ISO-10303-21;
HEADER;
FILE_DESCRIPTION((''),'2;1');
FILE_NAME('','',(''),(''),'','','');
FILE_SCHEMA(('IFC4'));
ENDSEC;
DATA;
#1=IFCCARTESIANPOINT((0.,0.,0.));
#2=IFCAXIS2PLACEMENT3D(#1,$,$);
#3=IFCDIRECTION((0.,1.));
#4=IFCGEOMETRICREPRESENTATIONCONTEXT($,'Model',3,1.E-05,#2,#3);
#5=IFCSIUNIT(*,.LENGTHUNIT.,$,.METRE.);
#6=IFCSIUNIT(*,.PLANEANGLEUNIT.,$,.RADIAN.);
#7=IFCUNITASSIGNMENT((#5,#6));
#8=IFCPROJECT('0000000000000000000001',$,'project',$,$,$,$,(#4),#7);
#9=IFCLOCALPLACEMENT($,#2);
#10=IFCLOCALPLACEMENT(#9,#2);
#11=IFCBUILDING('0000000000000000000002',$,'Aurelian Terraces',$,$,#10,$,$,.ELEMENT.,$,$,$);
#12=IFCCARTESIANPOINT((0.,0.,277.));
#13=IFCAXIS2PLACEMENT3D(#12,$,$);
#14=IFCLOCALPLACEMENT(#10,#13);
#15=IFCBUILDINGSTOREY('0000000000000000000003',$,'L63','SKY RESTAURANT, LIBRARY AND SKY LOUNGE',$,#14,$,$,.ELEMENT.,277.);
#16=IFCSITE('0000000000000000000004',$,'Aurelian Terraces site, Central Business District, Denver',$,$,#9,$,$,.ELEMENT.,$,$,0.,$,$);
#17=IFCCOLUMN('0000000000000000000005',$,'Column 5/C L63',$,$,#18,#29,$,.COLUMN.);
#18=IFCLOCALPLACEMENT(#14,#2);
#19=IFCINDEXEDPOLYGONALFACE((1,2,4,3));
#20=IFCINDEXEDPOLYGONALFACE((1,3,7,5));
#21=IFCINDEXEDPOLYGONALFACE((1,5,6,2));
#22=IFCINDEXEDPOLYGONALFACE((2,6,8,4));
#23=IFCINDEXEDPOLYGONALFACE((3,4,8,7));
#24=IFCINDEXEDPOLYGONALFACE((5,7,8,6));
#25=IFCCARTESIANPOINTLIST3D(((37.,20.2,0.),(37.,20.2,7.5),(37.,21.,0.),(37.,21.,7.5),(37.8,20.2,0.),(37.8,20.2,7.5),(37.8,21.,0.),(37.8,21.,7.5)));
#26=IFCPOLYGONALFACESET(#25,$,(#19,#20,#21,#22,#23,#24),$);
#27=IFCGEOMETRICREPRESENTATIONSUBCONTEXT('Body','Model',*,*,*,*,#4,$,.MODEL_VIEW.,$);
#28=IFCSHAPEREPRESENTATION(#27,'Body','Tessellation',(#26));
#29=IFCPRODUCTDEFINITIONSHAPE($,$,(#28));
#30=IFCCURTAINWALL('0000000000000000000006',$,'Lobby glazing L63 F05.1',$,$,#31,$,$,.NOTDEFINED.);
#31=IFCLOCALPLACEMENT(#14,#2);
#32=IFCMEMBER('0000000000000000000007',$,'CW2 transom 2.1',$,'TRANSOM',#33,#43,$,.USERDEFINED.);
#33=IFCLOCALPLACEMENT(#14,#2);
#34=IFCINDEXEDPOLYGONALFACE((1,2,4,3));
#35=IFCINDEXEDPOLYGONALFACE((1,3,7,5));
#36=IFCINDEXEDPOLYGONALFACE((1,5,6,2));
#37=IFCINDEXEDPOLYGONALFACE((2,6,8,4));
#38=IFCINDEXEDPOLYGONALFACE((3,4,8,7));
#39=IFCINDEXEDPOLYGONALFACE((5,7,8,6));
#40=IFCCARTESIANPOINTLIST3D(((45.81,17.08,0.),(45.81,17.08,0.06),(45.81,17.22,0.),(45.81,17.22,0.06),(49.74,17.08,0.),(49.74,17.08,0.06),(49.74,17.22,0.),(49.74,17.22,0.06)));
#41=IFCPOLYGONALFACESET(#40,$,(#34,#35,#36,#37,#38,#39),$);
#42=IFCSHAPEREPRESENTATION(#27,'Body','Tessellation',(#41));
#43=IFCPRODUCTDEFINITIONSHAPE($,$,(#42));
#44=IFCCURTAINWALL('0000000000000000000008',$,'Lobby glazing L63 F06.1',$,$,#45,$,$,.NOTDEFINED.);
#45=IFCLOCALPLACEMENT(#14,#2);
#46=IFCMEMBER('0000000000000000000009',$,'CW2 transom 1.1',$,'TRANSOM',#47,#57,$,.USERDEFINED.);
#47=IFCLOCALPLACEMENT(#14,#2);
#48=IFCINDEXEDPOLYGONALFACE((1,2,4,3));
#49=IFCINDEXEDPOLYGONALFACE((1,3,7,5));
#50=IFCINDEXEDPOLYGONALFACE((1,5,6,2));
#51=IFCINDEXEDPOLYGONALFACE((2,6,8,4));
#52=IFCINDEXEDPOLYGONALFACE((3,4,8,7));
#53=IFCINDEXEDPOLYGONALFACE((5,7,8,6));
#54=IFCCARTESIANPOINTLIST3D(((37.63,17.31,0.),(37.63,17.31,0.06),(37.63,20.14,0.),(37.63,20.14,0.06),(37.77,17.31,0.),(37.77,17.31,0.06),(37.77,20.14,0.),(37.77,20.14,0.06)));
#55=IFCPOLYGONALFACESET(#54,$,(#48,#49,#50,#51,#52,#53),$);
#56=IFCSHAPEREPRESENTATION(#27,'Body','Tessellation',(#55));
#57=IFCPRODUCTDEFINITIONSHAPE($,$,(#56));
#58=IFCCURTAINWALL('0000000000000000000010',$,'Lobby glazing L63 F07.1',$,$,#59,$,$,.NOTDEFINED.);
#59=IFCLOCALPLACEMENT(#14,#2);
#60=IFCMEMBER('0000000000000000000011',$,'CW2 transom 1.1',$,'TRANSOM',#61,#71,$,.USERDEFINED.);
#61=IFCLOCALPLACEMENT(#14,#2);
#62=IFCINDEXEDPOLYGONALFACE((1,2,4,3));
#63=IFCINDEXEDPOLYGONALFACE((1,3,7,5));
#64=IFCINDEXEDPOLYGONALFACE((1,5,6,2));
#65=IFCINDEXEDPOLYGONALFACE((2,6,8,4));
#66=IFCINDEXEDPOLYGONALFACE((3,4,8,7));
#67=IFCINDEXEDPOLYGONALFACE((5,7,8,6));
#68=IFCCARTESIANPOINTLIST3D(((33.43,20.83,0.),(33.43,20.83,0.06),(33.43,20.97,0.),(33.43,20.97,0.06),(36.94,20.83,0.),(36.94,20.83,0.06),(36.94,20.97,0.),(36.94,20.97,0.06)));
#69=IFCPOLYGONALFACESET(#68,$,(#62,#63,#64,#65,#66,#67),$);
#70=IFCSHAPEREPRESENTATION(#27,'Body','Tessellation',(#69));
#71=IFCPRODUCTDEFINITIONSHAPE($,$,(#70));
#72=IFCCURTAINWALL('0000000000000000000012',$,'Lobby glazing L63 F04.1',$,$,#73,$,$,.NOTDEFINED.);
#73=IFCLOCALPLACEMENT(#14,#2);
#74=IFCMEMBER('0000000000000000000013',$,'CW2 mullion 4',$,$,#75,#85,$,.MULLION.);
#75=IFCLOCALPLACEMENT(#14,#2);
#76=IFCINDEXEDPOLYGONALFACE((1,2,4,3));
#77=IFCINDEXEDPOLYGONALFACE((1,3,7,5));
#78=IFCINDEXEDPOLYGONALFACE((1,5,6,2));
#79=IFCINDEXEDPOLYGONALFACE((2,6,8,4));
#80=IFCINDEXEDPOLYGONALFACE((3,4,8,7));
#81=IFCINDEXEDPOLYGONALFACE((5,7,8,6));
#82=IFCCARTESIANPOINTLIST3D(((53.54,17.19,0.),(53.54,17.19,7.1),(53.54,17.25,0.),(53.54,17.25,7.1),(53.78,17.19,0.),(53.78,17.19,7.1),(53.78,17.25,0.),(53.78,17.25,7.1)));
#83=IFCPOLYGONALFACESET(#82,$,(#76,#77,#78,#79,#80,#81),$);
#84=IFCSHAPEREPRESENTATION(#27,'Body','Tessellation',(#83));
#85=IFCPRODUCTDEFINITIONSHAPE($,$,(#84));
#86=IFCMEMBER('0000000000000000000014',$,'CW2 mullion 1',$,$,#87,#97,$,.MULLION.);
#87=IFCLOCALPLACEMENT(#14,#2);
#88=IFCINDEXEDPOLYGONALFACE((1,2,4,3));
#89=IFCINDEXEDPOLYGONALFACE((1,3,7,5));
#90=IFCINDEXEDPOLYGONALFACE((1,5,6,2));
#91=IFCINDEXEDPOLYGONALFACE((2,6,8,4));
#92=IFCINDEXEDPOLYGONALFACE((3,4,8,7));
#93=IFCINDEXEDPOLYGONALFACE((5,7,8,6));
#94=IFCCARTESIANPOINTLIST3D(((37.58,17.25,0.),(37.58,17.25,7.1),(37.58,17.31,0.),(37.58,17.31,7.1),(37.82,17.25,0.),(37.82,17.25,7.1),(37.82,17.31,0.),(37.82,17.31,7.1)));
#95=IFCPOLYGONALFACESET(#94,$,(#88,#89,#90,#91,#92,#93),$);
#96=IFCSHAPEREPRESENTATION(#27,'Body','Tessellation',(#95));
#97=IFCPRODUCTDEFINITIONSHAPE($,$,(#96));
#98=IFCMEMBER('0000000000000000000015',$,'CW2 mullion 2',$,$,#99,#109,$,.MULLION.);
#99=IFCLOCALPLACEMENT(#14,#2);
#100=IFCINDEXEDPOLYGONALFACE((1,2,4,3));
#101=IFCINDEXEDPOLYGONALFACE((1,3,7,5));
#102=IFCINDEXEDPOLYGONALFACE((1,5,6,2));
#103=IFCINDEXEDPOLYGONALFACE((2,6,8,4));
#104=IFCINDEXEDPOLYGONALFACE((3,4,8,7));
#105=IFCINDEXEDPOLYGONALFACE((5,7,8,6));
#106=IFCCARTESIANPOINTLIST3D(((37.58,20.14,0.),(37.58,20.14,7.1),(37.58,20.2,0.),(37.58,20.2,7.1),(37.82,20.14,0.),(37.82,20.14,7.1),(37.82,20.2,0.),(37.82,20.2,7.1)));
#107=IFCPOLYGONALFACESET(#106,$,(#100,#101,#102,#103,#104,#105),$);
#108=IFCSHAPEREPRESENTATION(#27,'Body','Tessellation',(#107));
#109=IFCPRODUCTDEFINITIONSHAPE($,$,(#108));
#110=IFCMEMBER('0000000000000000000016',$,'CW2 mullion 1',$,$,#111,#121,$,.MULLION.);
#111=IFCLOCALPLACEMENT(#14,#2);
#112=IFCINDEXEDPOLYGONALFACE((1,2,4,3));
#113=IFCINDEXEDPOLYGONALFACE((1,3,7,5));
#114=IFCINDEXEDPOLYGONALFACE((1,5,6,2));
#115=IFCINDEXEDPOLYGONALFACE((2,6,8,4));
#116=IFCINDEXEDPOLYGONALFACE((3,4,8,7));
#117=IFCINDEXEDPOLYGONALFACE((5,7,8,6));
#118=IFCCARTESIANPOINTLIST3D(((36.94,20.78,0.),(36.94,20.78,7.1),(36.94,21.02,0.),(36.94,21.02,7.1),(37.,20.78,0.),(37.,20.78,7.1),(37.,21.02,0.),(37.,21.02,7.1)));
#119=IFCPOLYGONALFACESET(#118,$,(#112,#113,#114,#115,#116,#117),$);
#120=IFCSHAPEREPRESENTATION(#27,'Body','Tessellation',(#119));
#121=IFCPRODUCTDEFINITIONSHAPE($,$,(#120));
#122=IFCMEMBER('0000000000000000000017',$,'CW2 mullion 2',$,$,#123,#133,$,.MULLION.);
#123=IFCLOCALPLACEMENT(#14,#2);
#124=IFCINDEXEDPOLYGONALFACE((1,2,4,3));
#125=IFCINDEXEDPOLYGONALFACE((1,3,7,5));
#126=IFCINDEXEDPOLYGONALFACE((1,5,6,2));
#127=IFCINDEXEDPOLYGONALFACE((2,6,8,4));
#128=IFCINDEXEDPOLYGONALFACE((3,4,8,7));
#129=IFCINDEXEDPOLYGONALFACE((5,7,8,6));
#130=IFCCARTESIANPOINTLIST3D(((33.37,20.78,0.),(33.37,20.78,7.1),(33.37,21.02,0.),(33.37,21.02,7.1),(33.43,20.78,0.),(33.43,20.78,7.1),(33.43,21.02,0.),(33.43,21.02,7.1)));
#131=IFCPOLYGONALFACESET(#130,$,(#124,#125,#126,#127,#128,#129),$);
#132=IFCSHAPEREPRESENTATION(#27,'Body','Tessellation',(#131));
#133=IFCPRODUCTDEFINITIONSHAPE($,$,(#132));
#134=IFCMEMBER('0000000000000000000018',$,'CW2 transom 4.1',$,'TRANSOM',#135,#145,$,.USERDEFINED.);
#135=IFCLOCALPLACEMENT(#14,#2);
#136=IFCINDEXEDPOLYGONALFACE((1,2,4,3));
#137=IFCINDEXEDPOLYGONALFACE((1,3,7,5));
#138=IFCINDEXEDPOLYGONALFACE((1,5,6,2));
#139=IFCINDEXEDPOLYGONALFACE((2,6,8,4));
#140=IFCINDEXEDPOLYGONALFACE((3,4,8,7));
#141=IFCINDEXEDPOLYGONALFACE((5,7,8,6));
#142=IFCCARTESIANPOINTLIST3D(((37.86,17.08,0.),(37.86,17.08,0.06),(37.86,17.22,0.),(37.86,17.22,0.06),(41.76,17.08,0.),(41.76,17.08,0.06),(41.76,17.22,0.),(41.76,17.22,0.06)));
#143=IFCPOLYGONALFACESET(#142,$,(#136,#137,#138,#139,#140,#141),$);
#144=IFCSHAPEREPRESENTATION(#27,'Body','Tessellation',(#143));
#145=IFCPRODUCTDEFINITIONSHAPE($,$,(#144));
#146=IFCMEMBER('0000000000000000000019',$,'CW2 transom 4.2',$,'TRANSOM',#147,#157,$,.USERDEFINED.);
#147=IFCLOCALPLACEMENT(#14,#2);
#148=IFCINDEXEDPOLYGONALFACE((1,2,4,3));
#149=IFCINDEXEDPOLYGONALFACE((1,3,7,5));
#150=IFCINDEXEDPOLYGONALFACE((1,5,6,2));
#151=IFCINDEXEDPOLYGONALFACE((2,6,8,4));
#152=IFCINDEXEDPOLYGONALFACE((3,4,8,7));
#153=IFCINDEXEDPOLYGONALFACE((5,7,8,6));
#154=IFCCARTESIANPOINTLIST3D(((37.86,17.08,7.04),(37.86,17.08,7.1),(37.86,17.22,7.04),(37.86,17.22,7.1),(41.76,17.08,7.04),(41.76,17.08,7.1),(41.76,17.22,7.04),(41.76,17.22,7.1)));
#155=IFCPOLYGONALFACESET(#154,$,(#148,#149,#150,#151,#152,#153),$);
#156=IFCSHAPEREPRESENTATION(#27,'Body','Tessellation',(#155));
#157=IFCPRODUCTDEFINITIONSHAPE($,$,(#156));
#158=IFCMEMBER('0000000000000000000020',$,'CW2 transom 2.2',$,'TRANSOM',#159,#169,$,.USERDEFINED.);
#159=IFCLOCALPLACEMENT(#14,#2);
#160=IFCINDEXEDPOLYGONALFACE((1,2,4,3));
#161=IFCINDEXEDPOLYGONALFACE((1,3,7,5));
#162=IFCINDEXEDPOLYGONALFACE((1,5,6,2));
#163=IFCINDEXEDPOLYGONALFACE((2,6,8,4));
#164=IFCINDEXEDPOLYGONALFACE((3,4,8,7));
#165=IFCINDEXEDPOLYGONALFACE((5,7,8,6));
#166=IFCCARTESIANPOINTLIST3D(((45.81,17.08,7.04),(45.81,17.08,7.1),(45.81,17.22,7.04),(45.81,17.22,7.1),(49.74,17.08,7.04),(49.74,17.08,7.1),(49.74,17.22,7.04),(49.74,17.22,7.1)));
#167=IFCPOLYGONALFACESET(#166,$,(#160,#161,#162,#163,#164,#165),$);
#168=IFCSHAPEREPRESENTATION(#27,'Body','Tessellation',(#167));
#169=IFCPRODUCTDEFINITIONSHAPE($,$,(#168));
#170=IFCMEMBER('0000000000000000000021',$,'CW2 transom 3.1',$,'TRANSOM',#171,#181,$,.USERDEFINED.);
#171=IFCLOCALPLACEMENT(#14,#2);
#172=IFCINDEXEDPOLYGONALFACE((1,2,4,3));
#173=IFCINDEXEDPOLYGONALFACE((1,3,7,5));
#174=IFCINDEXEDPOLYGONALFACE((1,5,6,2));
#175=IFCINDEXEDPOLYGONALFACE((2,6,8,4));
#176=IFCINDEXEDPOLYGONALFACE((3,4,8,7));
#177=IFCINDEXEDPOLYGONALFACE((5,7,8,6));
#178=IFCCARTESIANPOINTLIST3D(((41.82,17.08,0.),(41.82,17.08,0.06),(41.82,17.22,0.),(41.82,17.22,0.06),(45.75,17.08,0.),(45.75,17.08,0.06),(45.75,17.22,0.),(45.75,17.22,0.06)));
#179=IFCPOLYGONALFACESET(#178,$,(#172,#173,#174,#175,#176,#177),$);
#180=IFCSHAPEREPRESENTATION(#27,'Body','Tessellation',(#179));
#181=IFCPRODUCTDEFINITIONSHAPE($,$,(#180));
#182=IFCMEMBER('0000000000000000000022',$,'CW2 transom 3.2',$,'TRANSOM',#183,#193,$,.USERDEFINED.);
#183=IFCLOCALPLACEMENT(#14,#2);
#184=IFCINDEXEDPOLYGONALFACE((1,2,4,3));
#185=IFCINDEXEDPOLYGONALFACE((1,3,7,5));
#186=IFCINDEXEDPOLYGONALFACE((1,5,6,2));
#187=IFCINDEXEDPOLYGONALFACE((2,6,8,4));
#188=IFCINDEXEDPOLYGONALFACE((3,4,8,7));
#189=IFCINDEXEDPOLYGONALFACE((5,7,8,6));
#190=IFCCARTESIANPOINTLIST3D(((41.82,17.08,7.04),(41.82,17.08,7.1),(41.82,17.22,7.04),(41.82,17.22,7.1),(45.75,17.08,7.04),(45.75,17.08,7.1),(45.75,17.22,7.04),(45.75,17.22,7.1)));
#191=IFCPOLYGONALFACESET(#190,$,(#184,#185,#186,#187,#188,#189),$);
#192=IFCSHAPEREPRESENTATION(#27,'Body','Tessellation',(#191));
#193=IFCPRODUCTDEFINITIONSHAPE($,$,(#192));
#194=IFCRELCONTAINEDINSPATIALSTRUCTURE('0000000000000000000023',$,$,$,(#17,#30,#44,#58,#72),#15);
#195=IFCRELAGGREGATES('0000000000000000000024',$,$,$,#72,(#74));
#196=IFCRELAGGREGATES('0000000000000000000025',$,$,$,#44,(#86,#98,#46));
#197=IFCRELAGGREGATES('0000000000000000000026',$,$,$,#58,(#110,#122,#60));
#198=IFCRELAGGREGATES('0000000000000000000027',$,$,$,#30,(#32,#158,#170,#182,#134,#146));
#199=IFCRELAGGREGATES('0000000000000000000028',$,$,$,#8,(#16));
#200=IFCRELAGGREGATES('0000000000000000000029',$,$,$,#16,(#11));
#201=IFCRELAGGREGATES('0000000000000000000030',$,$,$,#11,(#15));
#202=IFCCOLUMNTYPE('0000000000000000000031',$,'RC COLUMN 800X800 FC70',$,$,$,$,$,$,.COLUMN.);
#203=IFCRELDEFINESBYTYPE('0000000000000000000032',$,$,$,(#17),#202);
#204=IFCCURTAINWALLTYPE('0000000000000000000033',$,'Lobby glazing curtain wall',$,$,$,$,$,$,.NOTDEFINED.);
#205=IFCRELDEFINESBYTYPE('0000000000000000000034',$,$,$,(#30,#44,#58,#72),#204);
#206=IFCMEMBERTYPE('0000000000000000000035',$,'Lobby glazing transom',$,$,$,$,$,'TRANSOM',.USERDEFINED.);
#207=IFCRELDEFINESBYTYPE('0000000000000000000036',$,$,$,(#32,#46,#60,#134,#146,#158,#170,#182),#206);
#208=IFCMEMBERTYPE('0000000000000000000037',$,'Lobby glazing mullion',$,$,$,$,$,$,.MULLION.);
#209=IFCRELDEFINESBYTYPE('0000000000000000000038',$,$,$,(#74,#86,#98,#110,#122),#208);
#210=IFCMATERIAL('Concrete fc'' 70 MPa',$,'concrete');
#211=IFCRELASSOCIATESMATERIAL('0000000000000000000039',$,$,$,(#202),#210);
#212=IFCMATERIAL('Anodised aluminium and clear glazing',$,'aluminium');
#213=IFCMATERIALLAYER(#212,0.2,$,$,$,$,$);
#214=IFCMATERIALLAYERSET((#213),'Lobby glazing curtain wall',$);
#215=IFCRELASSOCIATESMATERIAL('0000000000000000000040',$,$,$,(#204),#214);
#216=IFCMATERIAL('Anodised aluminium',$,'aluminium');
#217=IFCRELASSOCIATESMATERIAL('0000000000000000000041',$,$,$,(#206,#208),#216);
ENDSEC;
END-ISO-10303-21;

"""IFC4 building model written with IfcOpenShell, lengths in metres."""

from ifc_helpers import new_model, si_unit, direction, frame, origin, origin_2d, place, context, subcontext, project, spatial, rectangle, extrude, source, transform, mapped, material, layer, layer_set, material_profile, profile_set, type_object, element, aggregate, save


model = new_model("IFC4")

# Units and contexts
model_context = context("Model", 3, precision=1e-05, world=origin(), true_north=direction((0.0, 1.0)))
body_context = subcontext(model_context, "Body", "Model", "MODEL_VIEW")
ifc_project = project(units=[si_unit("LENGTHUNIT", "METRE"), si_unit("PLANEANGLEUNIT", "RADIAN")], contexts=[model_context])

# Site, building, storey
site_placement = place(None, origin())
site = spatial("IfcSite", under=ifc_project, at=site_placement, Name="Aurelian Terraces site, Central Business District, Denver", CompositionType="ELEMENT", RefElevation=0.0)
building_placement = place(site_placement, origin())
building = spatial("IfcBuilding", under=site, at=building_placement, Name="Aurelian Terraces", CompositionType="ELEMENT")
storey_placement = place(building_placement, frame((0.0, 0.0, 277.0)))
storey = spatial("IfcBuildingStorey", under=building, at=storey_placement, Name="L63", Description="SKY RESTAURANT, LIBRARY AND SKY LOUNGE", CompositionType="ELEMENT", Elevation=277.0)

# Column
ifc_material_1 = material(Name="Concrete fc' 70 MPa", Category="concrete")
ifc_material_profile_1 = material_profile(ifc_material_1, rectangle(XDim=0.8, YDim=0.8, at=origin_2d()))
ifc_profile_set_1 = profile_set([ifc_material_profile_1], Name="Concrete fc' 70 MPa")
column_type = type_object("IfcColumnType", Name="RC COLUMN 800X800 FC70", PredefinedType="COLUMN", material=ifc_profile_set_1)
shared_shape_1 = source(origin(), body_context, "Body", "SweptSolid", [
    extrude(rectangle(XDim=0.8, YDim=0.8, at=origin_2d()), origin(), (0.0, 0.0, 1.0), 7.5),
])
column_placement = place(storey_placement, frame((37.4, 20.6, 0.0), z_axis=(0.0, 0.0, 1.0), x_axis=(1.0, 0.0, 0.0)))
element("IfcColumn", 1, at=column_placement, inside=storey, type_object=column_type, Name="Column 5/C L63", PredefinedType="COLUMN", context=body_context, shape_type="MappedRepresentation", body=[
    mapped(shared_shape_1, transform((0.0, 0.0, 0.0), scale=1.0)),
])

# Curtain walls, members
ifc_material_2 = material(Name="Anodised aluminium and clear glazing", Category="aluminium")
ifc_layer_1 = layer(ifc_material_2, 0.2)
ifc_layer_set_1 = layer_set([ifc_layer_1], Name="Lobby glazing curtain wall")
curtain_wall_type = type_object("IfcCurtainWallType", Name="Lobby glazing curtain wall", PredefinedType="NOTDEFINED", material=ifc_layer_set_1)
curtain_wall_1_placement = place(storey_placement, origin())
curtain_wall_1 = element("IfcCurtainWall", 2, at=curtain_wall_1_placement, inside=storey, type_object=curtain_wall_type, Name="Lobby glazing L63 F05.1", PredefinedType="NOTDEFINED")
ifc_material_3 = material(Name="Anodised aluminium", Category="aluminium")
ifc_material_profile_2 = material_profile(ifc_material_3, rectangle(XDim=0.14, YDim=0.06, at=origin_2d()))
ifc_profile_set_2 = profile_set([ifc_material_profile_2], Name="Anodised aluminium")
member_type_1 = type_object("IfcMemberType", Name="Lobby glazing transom", ElementType="TRANSOM", PredefinedType="USERDEFINED", material=ifc_profile_set_2)
member_1_placement = place(storey_placement, frame((49.74, 17.15, 0.03), z_axis=(-1.0, 0.0, 0.0), x_axis=(0.0, -1.0, 0.0)))
member_1 = element("IfcMember", 3, at=member_1_placement, type_object=member_type_1, Name="CW2 transom 2.1", ObjectType="TRANSOM", PredefinedType="USERDEFINED", context=body_context, shape_type="SweptSolid", body=[
    extrude(rectangle(XDim=0.14, YDim=0.06, at=origin_2d()), origin(), (0.0, 0.0, 1.0), 3.93),
])
curtain_wall_2_placement = place(storey_placement, origin())
curtain_wall_2 = element("IfcCurtainWall", 4, at=curtain_wall_2_placement, inside=storey, type_object=curtain_wall_type, Name="Lobby glazing L63 F06.1", PredefinedType="NOTDEFINED")
member_2_placement = place(storey_placement, frame((37.7, 17.31, 0.03), z_axis=(0.0, 1.0, 0.0), x_axis=(-1.0, 0.0, 0.0)))
member_2 = element("IfcMember", 5, at=member_2_placement, type_object=member_type_1, Name="CW2 transom 1.1", ObjectType="TRANSOM", PredefinedType="USERDEFINED", context=body_context, shape_type="SweptSolid", body=[
    extrude(rectangle(XDim=0.14, YDim=0.06, at=origin_2d()), origin(), (0.0, 0.0, 1.0), 2.83),
])
curtain_wall_3_placement = place(storey_placement, origin())
curtain_wall_3 = element("IfcCurtainWall", 6, at=curtain_wall_3_placement, inside=storey, type_object=curtain_wall_type, Name="Lobby glazing L63 F07.1", PredefinedType="NOTDEFINED")
member_3_placement = place(storey_placement, frame((36.94, 20.9, 0.03), z_axis=(-1.0, 0.0, 0.0), x_axis=(0.0, -1.0, 0.0)))
member_3 = element("IfcMember", 7, at=member_3_placement, type_object=member_type_1, Name="CW2 transom 1.1", ObjectType="TRANSOM", PredefinedType="USERDEFINED", context=body_context, shape_type="SweptSolid", body=[
    extrude(rectangle(XDim=0.14, YDim=0.06, at=origin_2d()), origin(), (0.0, 0.0, 1.0), 3.51),
])
curtain_wall_4_placement = place(storey_placement, origin())
curtain_wall_4 = element("IfcCurtainWall", 8, at=curtain_wall_4_placement, inside=storey, type_object=curtain_wall_type, Name="Lobby glazing L63 F04.1", PredefinedType="NOTDEFINED")
ifc_material_profile_3 = material_profile(ifc_material_3, rectangle(XDim=0.24, YDim=0.06, at=origin_2d()))
ifc_profile_set_3 = profile_set([ifc_material_profile_3], Name="Anodised aluminium")
member_type_2 = type_object("IfcMemberType", Name="Lobby glazing mullion", PredefinedType="MULLION", material=ifc_profile_set_3)
shared_shape_2 = source(origin(), body_context, "Body", "SweptSolid", [
    extrude(rectangle(XDim=0.24, YDim=0.06, at=origin_2d()), origin(), (0.0, 0.0, 1.0), 7.1),
])
member_4_placement = place(storey_placement, frame((53.66, 17.22, 0.0), z_axis=(0.0, 0.0, 1.0), x_axis=(-1.0, 0.0, 0.0)))
member_4 = element("IfcMember", 9, at=member_4_placement, type_object=member_type_2, Name="CW2 mullion 4", PredefinedType="MULLION", context=body_context, shape_type="MappedRepresentation", body=[
    mapped(shared_shape_2, transform((0.0, 0.0, 0.0), scale=1.0)),
])
aggregate(curtain_wall_4, [member_4])

# Members
member_5_placement = place(storey_placement, frame((37.7, 17.28, 0.0), z_axis=(0.0, 0.0, 1.0), x_axis=(-1.0, 0.0, 0.0)))
member_5 = element("IfcMember", 10, at=member_5_placement, type_object=member_type_2, Name="CW2 mullion 1", PredefinedType="MULLION", context=body_context, shape_type="MappedRepresentation", body=[
    mapped(shared_shape_2, transform((0.0, 0.0, 0.0), scale=1.0)),
])
member_6_placement = place(storey_placement, frame((37.7, 20.17, 0.0), z_axis=(0.0, 0.0, 1.0), x_axis=(-1.0, 0.0, 0.0)))
member_6 = element("IfcMember", 11, at=member_6_placement, type_object=member_type_2, Name="CW2 mullion 2", PredefinedType="MULLION", context=body_context, shape_type="MappedRepresentation", body=[
    mapped(shared_shape_2, transform((0.0, 0.0, 0.0), scale=1.0)),
])
member_7_placement = place(storey_placement, frame((36.97, 20.9, 0.0), z_axis=(0.0, 0.0, 1.0), x_axis=(0.0, -1.0, 0.0)))
member_7 = element("IfcMember", 12, at=member_7_placement, type_object=member_type_2, Name="CW2 mullion 1", PredefinedType="MULLION", context=body_context, shape_type="MappedRepresentation", body=[
    mapped(shared_shape_2, transform((0.0, 0.0, 0.0), scale=1.0)),
])
member_8_placement = place(storey_placement, frame((33.4, 20.9, 0.0), z_axis=(0.0, 0.0, 1.0), x_axis=(0.0, -1.0, 0.0)))
member_8 = element("IfcMember", 13, at=member_8_placement, type_object=member_type_2, Name="CW2 mullion 2", PredefinedType="MULLION", context=body_context, shape_type="MappedRepresentation", body=[
    mapped(shared_shape_2, transform((0.0, 0.0, 0.0), scale=1.0)),
])
shared_shape_3 = source(origin(), body_context, "Body", "SweptSolid", [
    extrude(rectangle(XDim=0.14, YDim=0.06, at=origin_2d()), origin(), (0.0, 0.0, 1.0), 3.9),
])
member_9_placement = place(storey_placement, frame((41.76, 17.15, 0.03), z_axis=(-1.0, 0.0, 0.0), x_axis=(0.0, -1.0, 0.0)))
member_9 = element("IfcMember", 14, at=member_9_placement, type_object=member_type_1, Name="CW2 transom 4.1", ObjectType="TRANSOM", PredefinedType="USERDEFINED", context=body_context, shape_type="MappedRepresentation", body=[
    mapped(shared_shape_3, transform((0.0, 0.0, 0.0), scale=1.0)),
])
member_10_placement = place(storey_placement, frame((41.76, 17.15, 7.07), z_axis=(-1.0, 0.0, 0.0), x_axis=(0.0, -1.0, 0.0)))
member_10 = element("IfcMember", 15, at=member_10_placement, type_object=member_type_1, Name="CW2 transom 4.2", ObjectType="TRANSOM", PredefinedType="USERDEFINED", context=body_context, shape_type="MappedRepresentation", body=[
    mapped(shared_shape_3, transform((0.0, 0.0, 0.0), scale=1.0)),
])
shared_shape_4 = source(origin(), body_context, "Body", "SweptSolid", [
    extrude(rectangle(XDim=0.14, YDim=0.06, at=origin_2d()), origin(), (0.0, 0.0, 1.0), 3.93),
])
member_11_placement = place(storey_placement, frame((49.74, 17.15, 7.07), z_axis=(-1.0, 0.0, 0.0), x_axis=(0.0, -1.0, 0.0)))
member_11 = element("IfcMember", 16, at=member_11_placement, type_object=member_type_1, Name="CW2 transom 2.2", ObjectType="TRANSOM", PredefinedType="USERDEFINED", context=body_context, shape_type="MappedRepresentation", body=[
    mapped(shared_shape_4, transform((0.0, 0.0, 0.0), scale=1.0)),
])
member_12_placement = place(storey_placement, frame((45.75, 17.15, 0.03), z_axis=(-1.0, 0.0, 0.0), x_axis=(0.0, -1.0, 0.0)))
member_12 = element("IfcMember", 17, at=member_12_placement, type_object=member_type_1, Name="CW2 transom 3.1", ObjectType="TRANSOM", PredefinedType="USERDEFINED", context=body_context, shape_type="MappedRepresentation", body=[
    mapped(shared_shape_4, transform((0.0, 0.0, 0.0), scale=1.0)),
])
member_13_placement = place(storey_placement, frame((45.75, 17.15, 7.07), z_axis=(-1.0, 0.0, 0.0), x_axis=(0.0, -1.0, 0.0)))
member_13 = element("IfcMember", 18, at=member_13_placement, type_object=member_type_1, Name="CW2 transom 3.2", ObjectType="TRANSOM", PredefinedType="USERDEFINED", context=body_context, shape_type="MappedRepresentation", body=[
    mapped(shared_shape_4, transform((0.0, 0.0, 0.0), scale=1.0)),
])

aggregate(curtain_wall_2, [member_5, member_6, member_2])
aggregate(curtain_wall_3, [member_7, member_8, member_3])
aggregate(curtain_wall_1, [member_1, member_11, member_12, member_13, member_9, member_10])

save(model, "model.ifc")
